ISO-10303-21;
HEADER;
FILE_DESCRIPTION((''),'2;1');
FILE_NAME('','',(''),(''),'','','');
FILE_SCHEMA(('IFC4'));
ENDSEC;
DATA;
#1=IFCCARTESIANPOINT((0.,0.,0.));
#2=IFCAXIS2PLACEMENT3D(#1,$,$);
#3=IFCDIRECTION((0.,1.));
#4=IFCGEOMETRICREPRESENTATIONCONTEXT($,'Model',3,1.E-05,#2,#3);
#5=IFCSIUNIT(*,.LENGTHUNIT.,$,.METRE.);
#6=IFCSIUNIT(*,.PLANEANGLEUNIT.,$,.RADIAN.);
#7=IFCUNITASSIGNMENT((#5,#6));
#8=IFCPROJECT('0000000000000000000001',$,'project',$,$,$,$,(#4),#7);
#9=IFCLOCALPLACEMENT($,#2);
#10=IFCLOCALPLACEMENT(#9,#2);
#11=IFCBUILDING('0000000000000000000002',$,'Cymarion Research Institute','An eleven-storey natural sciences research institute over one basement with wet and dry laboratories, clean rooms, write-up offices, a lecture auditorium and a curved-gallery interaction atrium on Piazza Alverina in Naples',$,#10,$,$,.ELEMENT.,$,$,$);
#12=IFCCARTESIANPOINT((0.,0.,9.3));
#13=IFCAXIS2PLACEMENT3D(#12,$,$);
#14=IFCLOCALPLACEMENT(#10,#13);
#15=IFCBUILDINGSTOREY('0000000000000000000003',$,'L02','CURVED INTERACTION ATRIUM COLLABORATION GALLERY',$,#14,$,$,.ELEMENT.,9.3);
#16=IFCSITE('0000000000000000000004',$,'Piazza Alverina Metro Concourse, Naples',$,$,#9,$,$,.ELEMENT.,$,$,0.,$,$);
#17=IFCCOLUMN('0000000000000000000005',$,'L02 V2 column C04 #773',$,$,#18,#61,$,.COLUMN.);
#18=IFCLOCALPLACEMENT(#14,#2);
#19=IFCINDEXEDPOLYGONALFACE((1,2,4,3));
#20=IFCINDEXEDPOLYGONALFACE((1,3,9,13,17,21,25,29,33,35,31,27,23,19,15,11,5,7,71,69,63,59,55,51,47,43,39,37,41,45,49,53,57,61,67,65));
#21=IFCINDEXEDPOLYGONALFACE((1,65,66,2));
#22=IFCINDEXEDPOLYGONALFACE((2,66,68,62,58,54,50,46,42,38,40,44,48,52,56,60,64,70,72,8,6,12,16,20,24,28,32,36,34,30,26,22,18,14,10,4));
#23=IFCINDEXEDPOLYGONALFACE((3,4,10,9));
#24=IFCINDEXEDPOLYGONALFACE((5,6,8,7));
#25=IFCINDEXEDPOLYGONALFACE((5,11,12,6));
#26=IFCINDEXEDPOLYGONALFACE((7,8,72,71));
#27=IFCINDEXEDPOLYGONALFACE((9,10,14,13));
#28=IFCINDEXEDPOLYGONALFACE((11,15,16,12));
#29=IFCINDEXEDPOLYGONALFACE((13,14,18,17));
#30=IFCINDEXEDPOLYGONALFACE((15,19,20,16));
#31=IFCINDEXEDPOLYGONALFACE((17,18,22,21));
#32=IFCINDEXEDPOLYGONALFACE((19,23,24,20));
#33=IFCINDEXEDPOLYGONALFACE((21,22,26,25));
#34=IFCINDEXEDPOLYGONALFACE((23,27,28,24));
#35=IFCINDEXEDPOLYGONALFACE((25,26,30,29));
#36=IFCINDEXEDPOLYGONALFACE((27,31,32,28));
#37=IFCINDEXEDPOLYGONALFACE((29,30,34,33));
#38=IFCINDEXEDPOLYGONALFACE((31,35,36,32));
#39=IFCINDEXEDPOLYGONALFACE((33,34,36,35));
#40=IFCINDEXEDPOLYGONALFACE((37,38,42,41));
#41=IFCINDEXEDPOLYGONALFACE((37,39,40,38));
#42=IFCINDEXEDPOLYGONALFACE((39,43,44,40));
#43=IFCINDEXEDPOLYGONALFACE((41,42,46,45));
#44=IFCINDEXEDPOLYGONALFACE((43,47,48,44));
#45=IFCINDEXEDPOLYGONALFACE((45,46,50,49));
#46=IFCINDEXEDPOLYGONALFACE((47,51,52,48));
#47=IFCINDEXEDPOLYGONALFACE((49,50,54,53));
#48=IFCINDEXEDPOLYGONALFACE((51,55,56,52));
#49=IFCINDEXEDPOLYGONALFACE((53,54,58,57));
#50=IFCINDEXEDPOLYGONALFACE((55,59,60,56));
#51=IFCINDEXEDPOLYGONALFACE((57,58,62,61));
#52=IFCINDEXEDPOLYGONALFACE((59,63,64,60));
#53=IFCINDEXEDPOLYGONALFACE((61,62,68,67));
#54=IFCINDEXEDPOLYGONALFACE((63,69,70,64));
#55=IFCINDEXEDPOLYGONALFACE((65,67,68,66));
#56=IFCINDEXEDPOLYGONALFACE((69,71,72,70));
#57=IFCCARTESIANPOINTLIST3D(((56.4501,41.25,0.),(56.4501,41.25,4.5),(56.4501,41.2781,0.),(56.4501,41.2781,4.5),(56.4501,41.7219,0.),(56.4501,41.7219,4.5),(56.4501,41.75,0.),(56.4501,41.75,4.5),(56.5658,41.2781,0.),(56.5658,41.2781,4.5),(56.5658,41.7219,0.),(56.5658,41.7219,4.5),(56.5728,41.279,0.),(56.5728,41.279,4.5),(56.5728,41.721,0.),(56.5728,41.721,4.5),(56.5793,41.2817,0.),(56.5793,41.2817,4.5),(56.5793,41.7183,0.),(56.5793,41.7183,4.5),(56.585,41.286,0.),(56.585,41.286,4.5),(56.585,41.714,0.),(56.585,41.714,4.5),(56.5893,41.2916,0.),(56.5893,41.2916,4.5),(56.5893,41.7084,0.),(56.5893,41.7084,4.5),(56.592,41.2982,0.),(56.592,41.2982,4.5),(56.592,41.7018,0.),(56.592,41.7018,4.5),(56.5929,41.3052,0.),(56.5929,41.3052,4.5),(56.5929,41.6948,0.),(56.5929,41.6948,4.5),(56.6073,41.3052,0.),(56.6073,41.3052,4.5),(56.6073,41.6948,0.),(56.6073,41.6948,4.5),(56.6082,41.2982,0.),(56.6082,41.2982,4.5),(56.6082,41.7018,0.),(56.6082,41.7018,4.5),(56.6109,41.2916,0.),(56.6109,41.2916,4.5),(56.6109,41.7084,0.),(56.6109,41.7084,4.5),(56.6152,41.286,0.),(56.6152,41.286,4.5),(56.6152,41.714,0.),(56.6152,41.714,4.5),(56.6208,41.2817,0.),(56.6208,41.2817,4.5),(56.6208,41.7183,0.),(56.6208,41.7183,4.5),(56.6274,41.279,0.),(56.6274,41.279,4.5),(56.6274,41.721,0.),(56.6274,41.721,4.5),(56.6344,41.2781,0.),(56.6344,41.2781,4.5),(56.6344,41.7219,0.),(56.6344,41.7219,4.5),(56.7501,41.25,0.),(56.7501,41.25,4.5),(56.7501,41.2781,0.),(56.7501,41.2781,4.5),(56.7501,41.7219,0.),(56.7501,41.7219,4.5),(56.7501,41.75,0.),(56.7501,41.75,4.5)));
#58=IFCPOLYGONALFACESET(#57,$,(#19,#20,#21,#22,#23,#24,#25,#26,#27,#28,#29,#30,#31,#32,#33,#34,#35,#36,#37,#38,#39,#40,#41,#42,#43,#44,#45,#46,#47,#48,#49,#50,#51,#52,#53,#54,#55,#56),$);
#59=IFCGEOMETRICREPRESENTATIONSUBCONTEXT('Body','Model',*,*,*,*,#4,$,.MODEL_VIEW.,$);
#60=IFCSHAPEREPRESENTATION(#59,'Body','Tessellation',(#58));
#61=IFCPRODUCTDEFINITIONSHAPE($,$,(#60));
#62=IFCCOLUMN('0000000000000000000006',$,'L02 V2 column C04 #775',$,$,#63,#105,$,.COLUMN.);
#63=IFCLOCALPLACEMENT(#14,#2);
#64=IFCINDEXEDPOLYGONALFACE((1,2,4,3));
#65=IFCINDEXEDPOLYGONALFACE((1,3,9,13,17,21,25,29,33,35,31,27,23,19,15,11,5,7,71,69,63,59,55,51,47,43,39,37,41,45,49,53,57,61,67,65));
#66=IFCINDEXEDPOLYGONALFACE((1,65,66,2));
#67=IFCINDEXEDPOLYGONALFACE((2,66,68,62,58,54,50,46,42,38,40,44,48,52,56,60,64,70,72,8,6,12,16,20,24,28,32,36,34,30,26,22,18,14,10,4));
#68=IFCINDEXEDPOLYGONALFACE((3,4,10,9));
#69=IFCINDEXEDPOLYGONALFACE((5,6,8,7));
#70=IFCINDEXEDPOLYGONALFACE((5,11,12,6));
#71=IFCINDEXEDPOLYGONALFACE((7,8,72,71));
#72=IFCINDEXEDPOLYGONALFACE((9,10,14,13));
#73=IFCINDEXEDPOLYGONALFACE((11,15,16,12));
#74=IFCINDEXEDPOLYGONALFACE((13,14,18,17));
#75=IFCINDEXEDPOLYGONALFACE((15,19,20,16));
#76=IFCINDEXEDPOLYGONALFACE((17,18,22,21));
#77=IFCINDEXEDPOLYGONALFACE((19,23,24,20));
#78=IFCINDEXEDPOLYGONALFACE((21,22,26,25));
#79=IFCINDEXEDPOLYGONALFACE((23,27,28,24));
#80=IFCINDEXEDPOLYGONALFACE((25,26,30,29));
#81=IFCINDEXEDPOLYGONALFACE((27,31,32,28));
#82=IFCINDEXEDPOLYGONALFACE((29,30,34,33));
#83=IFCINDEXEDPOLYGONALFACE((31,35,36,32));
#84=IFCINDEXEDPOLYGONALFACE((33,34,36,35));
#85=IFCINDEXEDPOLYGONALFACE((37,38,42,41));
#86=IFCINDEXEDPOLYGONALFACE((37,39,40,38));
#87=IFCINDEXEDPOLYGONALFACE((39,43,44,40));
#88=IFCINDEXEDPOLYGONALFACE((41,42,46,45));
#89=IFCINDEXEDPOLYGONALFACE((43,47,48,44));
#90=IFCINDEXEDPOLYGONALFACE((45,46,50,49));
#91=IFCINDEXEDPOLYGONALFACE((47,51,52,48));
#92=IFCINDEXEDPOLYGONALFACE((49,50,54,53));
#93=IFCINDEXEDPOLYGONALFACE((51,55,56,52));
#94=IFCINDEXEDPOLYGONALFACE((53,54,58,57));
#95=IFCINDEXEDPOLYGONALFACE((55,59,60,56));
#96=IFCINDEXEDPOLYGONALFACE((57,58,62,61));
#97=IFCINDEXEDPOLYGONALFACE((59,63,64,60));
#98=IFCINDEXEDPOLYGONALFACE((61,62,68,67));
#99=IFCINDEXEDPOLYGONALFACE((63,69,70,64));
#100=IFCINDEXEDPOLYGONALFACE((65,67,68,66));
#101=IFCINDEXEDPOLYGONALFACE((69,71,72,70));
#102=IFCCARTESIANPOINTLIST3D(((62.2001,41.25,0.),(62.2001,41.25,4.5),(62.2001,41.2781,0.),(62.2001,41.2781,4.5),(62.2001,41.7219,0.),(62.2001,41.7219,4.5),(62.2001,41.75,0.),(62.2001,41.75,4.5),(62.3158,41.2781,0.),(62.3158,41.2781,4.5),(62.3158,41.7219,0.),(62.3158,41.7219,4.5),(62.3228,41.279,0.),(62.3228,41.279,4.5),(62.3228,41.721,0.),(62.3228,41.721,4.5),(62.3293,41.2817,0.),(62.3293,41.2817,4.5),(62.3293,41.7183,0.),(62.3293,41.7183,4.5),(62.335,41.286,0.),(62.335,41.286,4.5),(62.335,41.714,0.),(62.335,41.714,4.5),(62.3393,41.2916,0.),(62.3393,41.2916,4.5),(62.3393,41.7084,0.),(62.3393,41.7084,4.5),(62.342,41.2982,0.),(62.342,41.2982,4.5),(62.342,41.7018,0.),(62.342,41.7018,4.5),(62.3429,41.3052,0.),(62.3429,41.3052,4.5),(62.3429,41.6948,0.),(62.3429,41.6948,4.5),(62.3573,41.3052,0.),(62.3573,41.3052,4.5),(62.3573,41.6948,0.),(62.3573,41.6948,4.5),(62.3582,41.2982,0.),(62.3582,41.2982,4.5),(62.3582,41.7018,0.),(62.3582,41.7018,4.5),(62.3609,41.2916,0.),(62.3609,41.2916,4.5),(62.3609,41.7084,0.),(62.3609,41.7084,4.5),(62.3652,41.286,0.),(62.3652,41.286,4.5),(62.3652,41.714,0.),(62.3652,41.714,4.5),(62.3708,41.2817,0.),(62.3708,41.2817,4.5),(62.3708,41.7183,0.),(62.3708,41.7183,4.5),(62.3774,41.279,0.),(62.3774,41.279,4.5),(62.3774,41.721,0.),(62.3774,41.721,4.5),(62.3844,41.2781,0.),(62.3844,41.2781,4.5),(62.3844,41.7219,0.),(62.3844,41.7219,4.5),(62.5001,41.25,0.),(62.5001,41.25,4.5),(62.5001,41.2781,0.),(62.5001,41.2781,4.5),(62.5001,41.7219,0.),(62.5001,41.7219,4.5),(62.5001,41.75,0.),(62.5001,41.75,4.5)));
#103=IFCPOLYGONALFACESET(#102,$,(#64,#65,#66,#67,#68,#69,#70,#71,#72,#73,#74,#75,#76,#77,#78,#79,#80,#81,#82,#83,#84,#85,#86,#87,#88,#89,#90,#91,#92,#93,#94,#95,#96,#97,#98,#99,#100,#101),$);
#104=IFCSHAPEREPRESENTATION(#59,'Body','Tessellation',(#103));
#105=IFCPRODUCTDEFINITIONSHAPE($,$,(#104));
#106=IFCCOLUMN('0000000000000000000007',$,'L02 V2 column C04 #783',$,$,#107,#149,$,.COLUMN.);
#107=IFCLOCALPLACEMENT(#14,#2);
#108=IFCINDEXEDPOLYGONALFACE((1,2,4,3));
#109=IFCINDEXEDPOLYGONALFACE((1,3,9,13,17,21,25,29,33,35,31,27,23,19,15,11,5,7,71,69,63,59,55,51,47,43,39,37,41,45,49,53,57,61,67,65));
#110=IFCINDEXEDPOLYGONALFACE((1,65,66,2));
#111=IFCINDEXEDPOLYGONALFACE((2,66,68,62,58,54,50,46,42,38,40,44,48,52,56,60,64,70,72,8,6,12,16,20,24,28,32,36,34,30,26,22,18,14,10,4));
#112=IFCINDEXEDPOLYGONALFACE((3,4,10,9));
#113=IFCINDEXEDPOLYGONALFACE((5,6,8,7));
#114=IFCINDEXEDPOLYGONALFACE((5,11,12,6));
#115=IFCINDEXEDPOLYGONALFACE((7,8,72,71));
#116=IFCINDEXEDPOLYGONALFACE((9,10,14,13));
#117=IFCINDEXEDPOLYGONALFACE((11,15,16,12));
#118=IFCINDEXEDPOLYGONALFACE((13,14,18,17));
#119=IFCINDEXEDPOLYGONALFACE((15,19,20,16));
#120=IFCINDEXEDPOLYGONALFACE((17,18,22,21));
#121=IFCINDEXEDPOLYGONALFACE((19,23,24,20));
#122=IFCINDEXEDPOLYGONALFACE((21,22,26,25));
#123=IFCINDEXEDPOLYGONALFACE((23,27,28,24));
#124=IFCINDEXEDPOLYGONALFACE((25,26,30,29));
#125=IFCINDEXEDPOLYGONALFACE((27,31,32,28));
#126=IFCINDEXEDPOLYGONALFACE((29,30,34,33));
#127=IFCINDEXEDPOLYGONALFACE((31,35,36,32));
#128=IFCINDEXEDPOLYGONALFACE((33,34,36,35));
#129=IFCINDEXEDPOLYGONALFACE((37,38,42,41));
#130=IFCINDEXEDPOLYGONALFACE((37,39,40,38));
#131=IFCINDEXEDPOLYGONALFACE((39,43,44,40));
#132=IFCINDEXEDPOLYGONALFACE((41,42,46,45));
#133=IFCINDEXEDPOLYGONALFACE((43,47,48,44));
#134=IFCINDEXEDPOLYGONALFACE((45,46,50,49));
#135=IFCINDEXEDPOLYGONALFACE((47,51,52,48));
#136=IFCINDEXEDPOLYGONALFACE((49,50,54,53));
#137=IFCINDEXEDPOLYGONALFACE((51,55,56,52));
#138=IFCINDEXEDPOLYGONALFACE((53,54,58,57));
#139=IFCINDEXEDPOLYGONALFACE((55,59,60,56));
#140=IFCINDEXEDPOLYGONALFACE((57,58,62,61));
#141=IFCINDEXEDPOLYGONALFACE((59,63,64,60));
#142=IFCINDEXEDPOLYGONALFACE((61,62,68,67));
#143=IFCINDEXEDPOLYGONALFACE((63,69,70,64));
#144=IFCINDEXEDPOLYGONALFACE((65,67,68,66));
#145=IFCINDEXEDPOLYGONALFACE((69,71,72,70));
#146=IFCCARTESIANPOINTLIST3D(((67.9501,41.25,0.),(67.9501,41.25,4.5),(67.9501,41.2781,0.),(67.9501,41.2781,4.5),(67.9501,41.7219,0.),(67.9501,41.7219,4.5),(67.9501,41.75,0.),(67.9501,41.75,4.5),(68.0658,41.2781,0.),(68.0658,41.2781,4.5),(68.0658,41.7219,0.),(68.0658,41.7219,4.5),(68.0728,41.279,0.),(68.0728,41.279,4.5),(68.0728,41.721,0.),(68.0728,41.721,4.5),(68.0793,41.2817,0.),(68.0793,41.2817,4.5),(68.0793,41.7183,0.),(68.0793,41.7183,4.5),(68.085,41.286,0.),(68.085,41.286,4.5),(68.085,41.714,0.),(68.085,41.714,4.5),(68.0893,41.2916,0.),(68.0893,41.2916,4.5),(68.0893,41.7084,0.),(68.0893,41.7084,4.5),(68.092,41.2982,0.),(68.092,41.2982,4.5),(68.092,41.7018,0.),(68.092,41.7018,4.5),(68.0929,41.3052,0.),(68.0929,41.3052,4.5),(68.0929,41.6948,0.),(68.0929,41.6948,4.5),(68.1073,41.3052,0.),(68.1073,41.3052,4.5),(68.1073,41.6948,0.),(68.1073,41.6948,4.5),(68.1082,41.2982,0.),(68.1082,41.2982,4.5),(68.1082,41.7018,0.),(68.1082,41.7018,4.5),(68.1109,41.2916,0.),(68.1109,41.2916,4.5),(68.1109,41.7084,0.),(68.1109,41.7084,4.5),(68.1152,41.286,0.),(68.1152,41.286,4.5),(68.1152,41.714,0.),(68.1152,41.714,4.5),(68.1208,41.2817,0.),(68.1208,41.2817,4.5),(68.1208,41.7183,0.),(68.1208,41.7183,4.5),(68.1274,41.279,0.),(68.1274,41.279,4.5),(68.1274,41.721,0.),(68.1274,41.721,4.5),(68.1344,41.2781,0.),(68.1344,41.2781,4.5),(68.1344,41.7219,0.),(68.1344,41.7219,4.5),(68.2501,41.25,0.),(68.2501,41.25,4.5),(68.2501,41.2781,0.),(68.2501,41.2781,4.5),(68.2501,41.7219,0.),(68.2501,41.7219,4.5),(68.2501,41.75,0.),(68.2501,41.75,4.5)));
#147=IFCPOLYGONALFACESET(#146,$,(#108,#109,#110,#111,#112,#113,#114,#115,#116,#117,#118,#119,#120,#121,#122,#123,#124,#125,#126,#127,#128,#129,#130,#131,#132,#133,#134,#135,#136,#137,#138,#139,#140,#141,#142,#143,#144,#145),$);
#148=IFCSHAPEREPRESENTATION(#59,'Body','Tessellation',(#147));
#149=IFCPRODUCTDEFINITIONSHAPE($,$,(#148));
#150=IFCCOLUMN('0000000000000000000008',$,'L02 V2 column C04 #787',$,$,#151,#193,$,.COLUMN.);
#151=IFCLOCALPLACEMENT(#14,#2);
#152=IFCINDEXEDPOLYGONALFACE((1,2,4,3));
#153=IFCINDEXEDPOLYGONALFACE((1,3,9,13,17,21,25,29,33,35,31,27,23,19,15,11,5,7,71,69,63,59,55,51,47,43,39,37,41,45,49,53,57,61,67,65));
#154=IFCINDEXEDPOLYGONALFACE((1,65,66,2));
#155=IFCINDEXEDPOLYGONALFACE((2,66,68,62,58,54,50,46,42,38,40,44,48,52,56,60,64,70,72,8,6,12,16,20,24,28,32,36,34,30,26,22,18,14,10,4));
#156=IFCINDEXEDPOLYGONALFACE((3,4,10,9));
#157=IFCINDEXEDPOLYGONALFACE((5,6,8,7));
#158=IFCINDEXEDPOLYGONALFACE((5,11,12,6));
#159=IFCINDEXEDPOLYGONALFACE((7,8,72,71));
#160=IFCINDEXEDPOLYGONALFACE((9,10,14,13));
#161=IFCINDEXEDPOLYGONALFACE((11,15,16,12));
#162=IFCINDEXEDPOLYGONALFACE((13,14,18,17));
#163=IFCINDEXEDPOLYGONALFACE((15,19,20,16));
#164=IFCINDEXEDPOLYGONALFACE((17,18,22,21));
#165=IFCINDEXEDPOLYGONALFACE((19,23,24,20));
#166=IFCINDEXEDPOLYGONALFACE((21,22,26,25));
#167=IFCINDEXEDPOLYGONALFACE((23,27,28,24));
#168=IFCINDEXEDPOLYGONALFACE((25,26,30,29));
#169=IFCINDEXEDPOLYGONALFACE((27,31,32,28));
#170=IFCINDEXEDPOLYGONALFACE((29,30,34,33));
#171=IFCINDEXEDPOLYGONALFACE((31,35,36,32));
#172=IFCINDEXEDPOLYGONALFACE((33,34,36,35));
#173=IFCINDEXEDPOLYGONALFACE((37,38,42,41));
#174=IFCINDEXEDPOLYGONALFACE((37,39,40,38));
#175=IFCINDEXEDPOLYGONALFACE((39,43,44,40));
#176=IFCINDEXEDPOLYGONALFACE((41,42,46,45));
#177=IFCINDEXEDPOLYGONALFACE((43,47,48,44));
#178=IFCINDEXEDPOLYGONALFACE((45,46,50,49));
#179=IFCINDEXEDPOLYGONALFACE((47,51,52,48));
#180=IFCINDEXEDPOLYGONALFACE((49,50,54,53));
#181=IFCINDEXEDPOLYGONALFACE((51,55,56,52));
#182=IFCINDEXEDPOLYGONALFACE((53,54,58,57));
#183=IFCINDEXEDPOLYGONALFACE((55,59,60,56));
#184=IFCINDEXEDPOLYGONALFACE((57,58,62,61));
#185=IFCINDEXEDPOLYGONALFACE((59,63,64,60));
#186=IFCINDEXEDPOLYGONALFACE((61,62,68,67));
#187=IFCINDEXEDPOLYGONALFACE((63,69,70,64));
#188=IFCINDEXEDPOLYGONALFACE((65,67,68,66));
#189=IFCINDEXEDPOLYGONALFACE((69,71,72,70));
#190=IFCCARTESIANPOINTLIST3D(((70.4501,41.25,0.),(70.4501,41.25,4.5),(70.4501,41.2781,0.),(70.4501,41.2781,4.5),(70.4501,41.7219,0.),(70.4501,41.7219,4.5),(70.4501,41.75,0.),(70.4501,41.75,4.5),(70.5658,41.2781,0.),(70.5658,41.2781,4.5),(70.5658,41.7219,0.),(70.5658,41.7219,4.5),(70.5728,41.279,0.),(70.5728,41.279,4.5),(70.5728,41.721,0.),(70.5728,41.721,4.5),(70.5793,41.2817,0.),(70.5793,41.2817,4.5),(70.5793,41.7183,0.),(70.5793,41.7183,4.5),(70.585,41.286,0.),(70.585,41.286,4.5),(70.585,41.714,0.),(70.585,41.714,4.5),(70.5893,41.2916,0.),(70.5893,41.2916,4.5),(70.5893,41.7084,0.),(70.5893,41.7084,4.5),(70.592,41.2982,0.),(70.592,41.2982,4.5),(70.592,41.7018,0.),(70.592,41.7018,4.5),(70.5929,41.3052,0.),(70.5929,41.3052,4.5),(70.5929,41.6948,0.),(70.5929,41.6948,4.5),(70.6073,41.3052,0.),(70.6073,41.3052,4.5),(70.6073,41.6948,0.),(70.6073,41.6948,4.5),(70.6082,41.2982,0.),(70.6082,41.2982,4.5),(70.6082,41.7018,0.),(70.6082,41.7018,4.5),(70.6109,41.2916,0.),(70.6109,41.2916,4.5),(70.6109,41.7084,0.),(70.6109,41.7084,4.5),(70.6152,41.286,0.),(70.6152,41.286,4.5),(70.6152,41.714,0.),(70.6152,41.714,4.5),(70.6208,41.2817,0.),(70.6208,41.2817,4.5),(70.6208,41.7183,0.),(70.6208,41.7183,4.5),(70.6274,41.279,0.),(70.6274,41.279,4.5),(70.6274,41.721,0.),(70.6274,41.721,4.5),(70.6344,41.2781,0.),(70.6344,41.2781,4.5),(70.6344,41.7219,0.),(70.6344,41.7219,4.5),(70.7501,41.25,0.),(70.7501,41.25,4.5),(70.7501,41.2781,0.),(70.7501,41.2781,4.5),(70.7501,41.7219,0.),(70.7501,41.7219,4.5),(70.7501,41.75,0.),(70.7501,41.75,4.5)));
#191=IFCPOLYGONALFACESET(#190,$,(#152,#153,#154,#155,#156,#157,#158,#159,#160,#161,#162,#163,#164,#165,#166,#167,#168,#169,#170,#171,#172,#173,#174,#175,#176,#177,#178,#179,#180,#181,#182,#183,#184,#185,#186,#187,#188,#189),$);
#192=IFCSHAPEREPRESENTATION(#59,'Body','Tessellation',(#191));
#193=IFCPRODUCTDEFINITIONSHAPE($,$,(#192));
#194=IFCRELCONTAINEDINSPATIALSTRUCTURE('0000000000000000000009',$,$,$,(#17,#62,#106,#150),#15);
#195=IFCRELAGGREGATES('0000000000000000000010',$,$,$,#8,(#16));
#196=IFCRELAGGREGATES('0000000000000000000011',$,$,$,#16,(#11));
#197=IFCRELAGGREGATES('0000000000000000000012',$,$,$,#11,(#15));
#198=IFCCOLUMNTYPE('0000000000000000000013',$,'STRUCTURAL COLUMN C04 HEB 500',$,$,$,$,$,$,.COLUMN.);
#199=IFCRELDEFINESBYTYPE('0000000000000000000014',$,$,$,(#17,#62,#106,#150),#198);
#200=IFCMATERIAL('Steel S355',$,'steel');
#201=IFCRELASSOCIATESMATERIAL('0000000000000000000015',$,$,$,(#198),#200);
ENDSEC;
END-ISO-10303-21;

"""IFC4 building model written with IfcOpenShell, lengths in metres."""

from ifc_helpers import new_model, si_unit, direction, frame, origin, origin_2d, place, context, subcontext, project, spatial, i_section, extrude, material, material_profile, profile_set, type_object, element, save


model = new_model("IFC4")

# Units and contexts
model_context = context("Model", 3, precision=1e-05, world=origin(), true_north=direction((0.0, 1.0)))
body_context = subcontext(model_context, "Body", "Model", "MODEL_VIEW")
ifc_project = project(units=[si_unit("LENGTHUNIT", "METRE"), si_unit("PLANEANGLEUNIT", "RADIAN")], contexts=[model_context])

# Site, building, storey
site_placement = place(None, origin())
site = spatial("IfcSite", under=ifc_project, at=site_placement, Name="Piazza Alverina Metro Concourse, Naples", CompositionType="ELEMENT", RefElevation=0.0)
building_placement = place(site_placement, origin())
building = spatial("IfcBuilding", under=site, at=building_placement, Name="Cymarion Research Institute", Description="An eleven-storey natural sciences research institute over one basement with wet and dry laboratories, clean rooms, write-up offices, a lecture auditorium and a curved-gallery interaction atrium on Piazza Alverina in Naples", CompositionType="ELEMENT")
storey_placement = place(building_placement, frame((0.0, 0.0, 9.3)))
storey = spatial("IfcBuildingStorey", under=building, at=storey_placement, Name="L02", Description="CURVED INTERACTION ATRIUM COLLABORATION GALLERY", CompositionType="ELEMENT", Elevation=9.3)

# Columns
ifc_material_1 = material(Name="Steel S355", Category="steel")
ifc_material_profile_1 = material_profile(ifc_material_1, i_section(OverallWidth=0.3, OverallDepth=0.5, WebThickness=0.0144, FlangeThickness=0.0281, FilletRadius=0.0271, at=origin_2d()), Name="HEB 500")
ifc_profile_set_1 = profile_set([ifc_material_profile_1], Name="Steel S355")
column_type_1 = type_object("IfcColumnType", Name="STRUCTURAL COLUMN C04 HEB 500", PredefinedType="COLUMN", material=ifc_profile_set_1)
for number, where, z_axis, x_axis, name in (
    (1, (56.6001, 41.5, 0.0), (0.0, 0.0, 1.0), (1.0, 0.0, 0.0), "L02 V2 column C04 #773"),
    (2, (62.3501, 41.5, 0.0), (0.0, 0.0, 1.0), (1.0, 0.0, 0.0), "L02 V2 column C04 #775"),
    (3, (68.1001, 41.5, 0.0), (0.0, 0.0, 1.0), (1.0, 0.0, 0.0), "L02 V2 column C04 #783"),
    (4, (70.6001, 41.5, 0.0), (0.0, 0.0, 1.0), (1.0, 0.0, 0.0), "L02 V2 column C04 #787"),
):
    element("IfcColumn", number, at=place(storey_placement, frame(where, z_axis=z_axis, x_axis=x_axis)), inside=storey, type_object=column_type_1, Name=name, PredefinedType="COLUMN", context=body_context, shape_type="SweptSolid", body=[
        extrude(i_section(OverallWidth=0.3, OverallDepth=0.5, WebThickness=0.0144, FlangeThickness=0.0281, FilletRadius=0.0271, at=origin_2d()), origin(), (0.0, 0.0, 1.0), 4.5),
    ])

save(model, "model.ifc")
